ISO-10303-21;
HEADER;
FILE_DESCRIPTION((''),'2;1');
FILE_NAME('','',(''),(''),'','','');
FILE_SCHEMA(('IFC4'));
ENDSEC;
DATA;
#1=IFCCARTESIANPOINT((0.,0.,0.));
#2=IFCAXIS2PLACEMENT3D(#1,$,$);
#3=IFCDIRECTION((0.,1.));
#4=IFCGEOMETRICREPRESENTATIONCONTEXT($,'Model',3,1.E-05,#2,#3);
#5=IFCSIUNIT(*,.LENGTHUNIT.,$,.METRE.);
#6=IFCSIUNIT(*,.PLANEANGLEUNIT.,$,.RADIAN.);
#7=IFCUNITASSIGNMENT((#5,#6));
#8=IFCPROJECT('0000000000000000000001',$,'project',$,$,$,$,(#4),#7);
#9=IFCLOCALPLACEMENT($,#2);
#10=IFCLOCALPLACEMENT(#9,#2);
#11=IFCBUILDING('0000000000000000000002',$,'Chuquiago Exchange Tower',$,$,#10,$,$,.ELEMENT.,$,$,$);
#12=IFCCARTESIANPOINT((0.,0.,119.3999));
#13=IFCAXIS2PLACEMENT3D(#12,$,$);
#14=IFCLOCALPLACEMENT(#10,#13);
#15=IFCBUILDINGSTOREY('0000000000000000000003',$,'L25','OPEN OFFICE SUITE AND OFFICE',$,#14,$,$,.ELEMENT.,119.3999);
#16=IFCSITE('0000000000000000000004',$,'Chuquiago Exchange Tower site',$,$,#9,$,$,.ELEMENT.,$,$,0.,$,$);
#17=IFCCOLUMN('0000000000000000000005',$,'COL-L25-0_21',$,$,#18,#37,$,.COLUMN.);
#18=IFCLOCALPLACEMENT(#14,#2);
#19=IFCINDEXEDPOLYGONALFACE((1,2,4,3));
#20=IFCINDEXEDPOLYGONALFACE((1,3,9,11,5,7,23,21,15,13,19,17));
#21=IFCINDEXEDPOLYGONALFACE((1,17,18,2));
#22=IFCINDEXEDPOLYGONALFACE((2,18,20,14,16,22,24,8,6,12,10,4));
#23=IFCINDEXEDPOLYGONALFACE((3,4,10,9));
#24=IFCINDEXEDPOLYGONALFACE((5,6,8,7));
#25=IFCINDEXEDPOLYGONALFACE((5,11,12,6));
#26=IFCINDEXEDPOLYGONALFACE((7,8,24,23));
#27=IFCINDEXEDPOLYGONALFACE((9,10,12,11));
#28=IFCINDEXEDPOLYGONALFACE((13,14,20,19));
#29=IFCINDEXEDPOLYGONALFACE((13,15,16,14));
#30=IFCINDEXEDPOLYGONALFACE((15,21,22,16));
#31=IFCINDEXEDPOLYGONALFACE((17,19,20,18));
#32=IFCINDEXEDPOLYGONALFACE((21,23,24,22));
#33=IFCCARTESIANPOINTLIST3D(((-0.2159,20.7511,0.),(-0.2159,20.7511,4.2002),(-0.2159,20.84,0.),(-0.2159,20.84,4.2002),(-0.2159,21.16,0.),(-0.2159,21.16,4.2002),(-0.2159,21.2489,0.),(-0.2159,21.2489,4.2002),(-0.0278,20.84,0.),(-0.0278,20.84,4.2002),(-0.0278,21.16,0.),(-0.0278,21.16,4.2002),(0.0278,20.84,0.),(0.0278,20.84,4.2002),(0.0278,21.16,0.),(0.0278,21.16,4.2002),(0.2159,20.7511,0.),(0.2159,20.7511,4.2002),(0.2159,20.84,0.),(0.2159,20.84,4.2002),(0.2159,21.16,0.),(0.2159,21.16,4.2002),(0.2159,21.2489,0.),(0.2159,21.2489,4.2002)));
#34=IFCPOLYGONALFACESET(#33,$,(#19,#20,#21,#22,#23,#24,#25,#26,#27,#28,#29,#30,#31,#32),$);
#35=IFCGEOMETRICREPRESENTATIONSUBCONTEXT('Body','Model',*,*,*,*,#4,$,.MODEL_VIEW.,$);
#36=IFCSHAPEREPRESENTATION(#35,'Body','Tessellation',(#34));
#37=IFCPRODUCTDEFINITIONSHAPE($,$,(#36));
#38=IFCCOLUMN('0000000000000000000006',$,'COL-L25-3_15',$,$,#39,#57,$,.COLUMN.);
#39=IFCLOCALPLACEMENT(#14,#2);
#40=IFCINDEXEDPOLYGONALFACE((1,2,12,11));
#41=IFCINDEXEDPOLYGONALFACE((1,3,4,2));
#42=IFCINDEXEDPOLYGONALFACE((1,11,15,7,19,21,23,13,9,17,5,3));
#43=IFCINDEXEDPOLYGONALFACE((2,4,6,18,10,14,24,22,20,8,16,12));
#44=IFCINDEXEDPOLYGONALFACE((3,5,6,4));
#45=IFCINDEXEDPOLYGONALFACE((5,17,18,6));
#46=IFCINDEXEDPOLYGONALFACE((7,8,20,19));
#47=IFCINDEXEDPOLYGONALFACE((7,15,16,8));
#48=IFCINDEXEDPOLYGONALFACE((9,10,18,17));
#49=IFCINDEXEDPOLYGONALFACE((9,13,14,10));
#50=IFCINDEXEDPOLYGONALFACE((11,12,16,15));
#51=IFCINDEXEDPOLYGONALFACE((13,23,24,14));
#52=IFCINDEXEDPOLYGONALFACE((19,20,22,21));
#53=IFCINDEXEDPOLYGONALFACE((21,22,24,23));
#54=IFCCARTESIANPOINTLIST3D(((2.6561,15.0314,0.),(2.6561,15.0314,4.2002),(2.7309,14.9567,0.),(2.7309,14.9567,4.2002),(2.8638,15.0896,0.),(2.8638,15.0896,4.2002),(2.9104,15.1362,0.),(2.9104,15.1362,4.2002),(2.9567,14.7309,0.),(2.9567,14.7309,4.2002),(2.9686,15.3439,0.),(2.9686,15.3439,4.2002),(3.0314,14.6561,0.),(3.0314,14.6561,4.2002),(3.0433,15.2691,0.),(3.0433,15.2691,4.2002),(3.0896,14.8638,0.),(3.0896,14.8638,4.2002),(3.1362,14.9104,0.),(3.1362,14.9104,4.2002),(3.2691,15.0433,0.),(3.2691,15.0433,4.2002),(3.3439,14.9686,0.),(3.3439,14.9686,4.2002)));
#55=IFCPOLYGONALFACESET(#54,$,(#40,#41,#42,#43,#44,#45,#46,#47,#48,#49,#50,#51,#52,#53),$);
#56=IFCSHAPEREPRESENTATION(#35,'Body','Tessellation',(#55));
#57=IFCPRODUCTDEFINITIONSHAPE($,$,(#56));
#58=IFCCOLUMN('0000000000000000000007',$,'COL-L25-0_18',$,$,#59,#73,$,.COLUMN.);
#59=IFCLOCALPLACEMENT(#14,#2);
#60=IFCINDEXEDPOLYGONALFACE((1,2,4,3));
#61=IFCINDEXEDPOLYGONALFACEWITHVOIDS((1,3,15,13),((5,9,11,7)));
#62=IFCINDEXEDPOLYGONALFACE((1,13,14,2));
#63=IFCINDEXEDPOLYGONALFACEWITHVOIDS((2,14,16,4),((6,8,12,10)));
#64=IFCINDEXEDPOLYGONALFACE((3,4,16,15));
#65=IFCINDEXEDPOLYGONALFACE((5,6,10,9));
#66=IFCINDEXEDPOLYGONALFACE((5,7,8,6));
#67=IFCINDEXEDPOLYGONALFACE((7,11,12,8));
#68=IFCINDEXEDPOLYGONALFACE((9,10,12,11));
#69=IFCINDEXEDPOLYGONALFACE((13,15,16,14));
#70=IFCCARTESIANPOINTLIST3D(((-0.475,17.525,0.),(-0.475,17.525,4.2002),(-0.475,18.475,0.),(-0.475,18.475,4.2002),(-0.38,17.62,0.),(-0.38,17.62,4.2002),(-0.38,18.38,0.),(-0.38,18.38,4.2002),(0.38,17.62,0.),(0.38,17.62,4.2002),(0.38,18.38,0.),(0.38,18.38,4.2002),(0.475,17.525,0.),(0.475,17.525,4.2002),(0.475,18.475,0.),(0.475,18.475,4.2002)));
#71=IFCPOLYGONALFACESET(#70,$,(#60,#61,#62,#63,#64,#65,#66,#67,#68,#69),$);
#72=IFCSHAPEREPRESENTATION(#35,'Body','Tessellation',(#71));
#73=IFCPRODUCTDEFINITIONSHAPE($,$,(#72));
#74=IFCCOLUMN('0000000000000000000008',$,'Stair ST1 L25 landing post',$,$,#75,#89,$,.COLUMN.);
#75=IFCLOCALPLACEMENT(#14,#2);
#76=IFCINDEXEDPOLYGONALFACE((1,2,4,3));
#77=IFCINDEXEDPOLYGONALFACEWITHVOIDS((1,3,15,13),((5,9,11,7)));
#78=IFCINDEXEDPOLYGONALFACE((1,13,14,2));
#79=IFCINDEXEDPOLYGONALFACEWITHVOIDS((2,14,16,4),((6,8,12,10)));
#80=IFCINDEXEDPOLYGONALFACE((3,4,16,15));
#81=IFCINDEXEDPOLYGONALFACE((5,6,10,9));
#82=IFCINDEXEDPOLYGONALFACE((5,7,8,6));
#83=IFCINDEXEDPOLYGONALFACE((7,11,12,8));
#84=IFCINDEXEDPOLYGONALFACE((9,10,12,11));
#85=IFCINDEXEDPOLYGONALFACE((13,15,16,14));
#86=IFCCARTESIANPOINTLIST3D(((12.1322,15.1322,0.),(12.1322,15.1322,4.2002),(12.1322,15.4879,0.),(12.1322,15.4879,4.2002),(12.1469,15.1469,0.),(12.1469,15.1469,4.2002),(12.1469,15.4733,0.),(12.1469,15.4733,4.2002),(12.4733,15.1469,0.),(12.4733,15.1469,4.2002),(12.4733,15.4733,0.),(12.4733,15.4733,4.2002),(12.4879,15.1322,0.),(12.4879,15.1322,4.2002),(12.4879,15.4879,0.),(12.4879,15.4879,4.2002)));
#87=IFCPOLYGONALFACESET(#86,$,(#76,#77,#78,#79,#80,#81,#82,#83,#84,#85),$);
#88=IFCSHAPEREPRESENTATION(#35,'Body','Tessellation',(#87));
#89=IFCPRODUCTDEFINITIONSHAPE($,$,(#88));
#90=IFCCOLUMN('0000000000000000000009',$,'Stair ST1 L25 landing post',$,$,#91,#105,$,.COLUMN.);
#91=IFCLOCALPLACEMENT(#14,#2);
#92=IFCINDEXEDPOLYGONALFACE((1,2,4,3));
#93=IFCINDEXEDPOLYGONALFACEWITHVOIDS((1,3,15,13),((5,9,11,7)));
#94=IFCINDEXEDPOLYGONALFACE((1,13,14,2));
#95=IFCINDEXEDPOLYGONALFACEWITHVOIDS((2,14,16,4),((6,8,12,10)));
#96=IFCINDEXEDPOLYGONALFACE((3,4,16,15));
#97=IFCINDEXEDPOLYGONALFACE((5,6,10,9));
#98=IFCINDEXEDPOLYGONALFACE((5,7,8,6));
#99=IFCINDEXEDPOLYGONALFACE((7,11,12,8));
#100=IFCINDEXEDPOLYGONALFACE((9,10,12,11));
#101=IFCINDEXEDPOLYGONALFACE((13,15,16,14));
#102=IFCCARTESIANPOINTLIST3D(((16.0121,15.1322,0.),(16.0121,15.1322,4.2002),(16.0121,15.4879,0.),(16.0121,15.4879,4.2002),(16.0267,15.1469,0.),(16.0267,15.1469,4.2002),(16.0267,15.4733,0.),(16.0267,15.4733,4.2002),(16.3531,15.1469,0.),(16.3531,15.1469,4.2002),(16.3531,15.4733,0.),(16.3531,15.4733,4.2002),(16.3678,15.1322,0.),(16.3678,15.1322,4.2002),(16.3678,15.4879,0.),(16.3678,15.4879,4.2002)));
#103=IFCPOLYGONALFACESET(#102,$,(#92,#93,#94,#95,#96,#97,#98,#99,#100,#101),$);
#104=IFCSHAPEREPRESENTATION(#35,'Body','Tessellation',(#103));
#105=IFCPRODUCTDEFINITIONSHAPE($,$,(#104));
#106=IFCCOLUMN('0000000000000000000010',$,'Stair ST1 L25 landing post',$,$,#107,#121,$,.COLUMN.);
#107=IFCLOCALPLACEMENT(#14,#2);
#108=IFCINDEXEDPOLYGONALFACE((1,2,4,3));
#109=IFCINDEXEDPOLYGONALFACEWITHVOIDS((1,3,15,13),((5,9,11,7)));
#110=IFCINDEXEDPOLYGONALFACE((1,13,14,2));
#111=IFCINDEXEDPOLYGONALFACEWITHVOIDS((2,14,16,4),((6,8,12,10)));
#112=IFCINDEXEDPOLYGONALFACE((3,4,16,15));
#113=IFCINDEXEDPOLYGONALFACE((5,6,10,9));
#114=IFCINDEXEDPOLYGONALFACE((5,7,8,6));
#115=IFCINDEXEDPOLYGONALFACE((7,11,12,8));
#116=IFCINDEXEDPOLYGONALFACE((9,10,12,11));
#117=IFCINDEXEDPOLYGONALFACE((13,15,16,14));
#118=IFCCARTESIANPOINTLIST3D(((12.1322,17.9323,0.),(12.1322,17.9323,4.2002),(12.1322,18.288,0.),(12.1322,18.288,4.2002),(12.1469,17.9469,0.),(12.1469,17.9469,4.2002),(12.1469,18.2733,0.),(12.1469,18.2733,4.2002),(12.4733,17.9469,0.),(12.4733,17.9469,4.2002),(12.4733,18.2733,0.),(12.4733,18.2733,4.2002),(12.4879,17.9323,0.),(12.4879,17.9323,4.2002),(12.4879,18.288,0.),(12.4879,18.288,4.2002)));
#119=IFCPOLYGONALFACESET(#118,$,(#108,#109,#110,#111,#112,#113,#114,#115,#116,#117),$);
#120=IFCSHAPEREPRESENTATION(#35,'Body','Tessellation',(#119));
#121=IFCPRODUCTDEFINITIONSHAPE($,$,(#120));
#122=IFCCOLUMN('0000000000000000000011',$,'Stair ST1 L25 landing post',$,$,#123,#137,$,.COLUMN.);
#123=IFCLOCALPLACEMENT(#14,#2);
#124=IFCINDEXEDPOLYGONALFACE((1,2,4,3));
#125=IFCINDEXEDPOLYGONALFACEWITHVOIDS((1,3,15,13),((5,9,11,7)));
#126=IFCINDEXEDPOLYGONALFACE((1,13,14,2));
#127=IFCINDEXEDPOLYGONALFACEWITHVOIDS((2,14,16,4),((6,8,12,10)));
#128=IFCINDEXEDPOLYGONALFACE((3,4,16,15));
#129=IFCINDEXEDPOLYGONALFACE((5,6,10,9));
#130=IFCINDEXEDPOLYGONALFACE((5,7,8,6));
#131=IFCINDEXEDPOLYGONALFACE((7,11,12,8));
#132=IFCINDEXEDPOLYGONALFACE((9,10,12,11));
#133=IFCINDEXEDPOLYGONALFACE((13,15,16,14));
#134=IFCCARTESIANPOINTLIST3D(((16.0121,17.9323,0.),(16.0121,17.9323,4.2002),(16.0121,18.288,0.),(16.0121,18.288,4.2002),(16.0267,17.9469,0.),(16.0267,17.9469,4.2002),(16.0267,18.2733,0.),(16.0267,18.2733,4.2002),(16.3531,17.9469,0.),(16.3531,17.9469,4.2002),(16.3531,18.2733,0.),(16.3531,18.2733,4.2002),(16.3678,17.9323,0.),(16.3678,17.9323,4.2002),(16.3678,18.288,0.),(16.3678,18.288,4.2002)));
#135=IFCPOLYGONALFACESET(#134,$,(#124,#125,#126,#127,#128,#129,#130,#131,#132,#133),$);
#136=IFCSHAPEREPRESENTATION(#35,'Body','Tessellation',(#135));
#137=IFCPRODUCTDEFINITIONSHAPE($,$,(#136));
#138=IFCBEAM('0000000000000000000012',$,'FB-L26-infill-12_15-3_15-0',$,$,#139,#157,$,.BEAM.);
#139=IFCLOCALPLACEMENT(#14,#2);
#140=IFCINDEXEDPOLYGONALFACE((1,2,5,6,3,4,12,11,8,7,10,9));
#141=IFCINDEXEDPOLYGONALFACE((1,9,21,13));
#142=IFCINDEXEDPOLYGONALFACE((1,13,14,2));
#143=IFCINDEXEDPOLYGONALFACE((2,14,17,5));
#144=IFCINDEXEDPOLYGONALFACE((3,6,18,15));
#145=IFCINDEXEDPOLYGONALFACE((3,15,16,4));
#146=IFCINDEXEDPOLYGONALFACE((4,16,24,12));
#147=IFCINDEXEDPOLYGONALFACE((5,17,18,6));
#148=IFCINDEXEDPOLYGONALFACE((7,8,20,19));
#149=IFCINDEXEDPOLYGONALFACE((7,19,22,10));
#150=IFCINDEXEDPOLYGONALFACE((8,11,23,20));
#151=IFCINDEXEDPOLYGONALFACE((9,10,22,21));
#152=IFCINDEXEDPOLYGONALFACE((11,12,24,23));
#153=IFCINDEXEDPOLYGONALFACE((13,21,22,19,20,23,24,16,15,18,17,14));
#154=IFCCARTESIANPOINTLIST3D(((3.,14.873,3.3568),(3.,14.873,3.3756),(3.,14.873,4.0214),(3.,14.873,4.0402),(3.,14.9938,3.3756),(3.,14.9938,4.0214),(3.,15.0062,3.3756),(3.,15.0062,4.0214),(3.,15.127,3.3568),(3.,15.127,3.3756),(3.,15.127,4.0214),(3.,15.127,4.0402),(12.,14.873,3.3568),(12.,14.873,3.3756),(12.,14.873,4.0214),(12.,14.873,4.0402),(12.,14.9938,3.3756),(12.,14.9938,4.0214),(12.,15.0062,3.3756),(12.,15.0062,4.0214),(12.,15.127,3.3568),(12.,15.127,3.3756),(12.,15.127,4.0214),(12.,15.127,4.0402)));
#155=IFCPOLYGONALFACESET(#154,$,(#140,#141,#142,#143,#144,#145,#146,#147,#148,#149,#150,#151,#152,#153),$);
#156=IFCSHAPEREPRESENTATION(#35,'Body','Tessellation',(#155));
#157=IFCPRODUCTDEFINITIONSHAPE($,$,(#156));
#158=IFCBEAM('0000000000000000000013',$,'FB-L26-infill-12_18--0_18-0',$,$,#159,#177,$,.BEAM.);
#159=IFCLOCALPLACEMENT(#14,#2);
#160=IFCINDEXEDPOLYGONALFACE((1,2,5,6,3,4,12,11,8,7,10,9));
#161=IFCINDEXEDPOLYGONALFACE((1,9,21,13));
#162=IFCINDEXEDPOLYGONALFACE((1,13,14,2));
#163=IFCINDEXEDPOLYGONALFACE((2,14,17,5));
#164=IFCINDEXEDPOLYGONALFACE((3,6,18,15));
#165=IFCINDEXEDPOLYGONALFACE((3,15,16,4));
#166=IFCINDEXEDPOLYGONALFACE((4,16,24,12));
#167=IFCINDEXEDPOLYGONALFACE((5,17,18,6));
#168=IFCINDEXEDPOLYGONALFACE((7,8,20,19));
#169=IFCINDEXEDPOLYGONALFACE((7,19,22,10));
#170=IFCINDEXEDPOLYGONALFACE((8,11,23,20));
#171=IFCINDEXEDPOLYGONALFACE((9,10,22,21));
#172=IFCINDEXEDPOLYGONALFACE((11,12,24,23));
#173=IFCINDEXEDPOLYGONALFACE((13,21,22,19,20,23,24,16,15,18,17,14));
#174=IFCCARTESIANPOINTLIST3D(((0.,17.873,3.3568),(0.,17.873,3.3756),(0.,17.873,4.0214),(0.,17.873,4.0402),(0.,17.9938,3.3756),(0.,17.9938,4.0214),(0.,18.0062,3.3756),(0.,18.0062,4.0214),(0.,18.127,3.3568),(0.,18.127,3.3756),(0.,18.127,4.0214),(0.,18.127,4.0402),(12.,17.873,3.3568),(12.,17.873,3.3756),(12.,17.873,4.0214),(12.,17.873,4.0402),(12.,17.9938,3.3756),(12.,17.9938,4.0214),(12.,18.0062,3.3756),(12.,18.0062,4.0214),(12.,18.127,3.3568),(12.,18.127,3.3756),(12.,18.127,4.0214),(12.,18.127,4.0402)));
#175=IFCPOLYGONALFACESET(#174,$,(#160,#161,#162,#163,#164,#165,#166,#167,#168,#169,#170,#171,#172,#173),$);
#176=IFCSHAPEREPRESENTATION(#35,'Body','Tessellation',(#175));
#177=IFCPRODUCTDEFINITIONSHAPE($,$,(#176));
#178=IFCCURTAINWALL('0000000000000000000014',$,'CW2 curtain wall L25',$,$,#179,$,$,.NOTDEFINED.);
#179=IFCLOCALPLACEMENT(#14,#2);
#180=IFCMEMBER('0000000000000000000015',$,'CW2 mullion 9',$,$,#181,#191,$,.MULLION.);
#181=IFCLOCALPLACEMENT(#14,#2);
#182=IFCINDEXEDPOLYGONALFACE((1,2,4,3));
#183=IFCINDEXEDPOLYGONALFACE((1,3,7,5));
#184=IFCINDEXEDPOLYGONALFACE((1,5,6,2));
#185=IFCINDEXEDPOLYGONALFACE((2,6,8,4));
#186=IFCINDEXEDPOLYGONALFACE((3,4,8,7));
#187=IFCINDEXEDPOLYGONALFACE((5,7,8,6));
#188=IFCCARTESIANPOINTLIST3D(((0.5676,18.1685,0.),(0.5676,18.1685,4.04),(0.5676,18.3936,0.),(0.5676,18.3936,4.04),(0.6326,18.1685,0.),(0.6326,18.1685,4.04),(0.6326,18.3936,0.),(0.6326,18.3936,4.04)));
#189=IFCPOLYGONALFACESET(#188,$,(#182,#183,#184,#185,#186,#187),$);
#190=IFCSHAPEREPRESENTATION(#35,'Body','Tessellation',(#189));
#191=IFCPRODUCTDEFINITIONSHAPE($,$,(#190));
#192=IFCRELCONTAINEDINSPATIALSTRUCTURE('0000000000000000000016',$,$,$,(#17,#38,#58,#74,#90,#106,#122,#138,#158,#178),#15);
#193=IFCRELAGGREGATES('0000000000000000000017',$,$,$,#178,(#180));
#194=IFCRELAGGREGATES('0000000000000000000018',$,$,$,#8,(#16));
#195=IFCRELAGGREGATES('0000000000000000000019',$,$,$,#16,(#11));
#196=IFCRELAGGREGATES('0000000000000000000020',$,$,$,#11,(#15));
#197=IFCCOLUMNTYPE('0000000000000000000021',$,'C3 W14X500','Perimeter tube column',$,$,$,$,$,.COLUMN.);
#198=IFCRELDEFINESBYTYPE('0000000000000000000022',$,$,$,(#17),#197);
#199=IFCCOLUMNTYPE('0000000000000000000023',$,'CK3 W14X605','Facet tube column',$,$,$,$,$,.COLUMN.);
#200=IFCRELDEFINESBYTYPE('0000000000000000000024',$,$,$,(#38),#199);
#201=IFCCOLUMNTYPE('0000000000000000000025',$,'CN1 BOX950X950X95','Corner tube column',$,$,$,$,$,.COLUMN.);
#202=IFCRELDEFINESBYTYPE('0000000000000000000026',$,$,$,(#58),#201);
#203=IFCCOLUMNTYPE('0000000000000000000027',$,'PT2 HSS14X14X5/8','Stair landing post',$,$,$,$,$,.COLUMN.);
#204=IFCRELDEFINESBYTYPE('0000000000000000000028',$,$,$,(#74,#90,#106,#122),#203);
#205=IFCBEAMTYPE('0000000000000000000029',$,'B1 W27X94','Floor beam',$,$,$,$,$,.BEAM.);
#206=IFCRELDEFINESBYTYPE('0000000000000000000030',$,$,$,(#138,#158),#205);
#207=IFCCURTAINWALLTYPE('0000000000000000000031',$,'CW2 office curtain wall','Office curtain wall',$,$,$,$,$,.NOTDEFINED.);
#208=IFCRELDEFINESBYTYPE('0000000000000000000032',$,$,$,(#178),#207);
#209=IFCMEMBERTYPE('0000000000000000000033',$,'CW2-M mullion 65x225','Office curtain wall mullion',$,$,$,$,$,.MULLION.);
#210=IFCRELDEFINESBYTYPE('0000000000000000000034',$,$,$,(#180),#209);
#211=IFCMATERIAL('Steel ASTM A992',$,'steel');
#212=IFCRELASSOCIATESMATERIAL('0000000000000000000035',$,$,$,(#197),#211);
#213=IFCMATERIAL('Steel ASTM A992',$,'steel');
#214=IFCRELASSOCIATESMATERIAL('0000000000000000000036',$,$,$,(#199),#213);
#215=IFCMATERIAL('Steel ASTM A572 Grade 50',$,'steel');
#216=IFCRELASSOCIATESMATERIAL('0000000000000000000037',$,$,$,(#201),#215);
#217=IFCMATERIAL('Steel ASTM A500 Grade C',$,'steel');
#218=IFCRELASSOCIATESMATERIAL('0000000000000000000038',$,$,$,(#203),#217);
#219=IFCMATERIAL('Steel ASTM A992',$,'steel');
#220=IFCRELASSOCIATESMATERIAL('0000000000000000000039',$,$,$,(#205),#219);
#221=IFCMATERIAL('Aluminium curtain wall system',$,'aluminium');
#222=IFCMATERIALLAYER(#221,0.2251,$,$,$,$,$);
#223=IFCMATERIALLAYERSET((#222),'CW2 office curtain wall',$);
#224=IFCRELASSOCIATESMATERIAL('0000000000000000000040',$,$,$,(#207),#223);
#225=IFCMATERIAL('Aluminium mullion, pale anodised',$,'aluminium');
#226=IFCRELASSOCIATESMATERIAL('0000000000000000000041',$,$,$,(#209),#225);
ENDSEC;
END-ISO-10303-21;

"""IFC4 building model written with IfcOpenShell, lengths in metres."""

from ifc_helpers import new_model, si_unit, direction, frame, origin, origin_2d, place, context, subcontext, project, spatial, rectangle, hollow_rectangle, i_section, extrude, material, layer, layer_set, material_profile, profile_set, type_object, element, aggregate, save


model = new_model("IFC4")

# Units and contexts
model_context = context("Model", 3, precision=1e-05, world=origin(), true_north=direction((0.0, 1.0)))
body_context = subcontext(model_context, "Body", "Model", "MODEL_VIEW")
ifc_project = project(units=[si_unit("LENGTHUNIT", "METRE"), si_unit("PLANEANGLEUNIT", "RADIAN")], contexts=[model_context])

# Site, building, storey
site_placement = place(None, origin())
site = spatial("IfcSite", under=ifc_project, at=site_placement, Name="Chuquiago Exchange Tower site", CompositionType="ELEMENT", RefElevation=0.0)
building_placement = place(site_placement, origin())
building = spatial("IfcBuilding", under=site, at=building_placement, Name="Chuquiago Exchange Tower", CompositionType="ELEMENT")
storey_placement = place(building_placement, frame((0.0, 0.0, 119.3999)))
storey = spatial("IfcBuildingStorey", under=building, at=storey_placement, Name="L25", Description="OPEN OFFICE SUITE AND OFFICE", CompositionType="ELEMENT", Elevation=119.3999)

# Columns
ifc_material_1 = material(Name="Steel ASTM A992", Category="steel")
ifc_material_profile_1 = material_profile(ifc_material_1, i_section(OverallWidth=0.4319, OverallDepth=0.4978, WebThickness=0.0557, FlangeThickness=0.0889, at=origin_2d()), Name="W14X500")
ifc_profile_set_1 = profile_set([ifc_material_profile_1], Name="Steel ASTM A992")
column_type_1 = type_object("IfcColumnType", Name="C3 W14X500", Description="Perimeter tube column", PredefinedType="COLUMN", material=ifc_profile_set_1)
column_1_placement = place(storey_placement, frame((0.0, 21.0, 0.0), z_axis=(0.0, 0.0, 1.0), x_axis=(-1.0, 0.0, 0.0)))
element("IfcColumn", 1, at=column_1_placement, inside=storey, type_object=column_type_1, Name="COL-L25-0_21", PredefinedType="COLUMN", context=body_context, shape_type="SweptSolid", body=[
    extrude(i_section(OverallWidth=0.4319, OverallDepth=0.4978, WebThickness=0.0557, FlangeThickness=0.0889, at=origin_2d()), origin(), (0.0, 0.0, 1.0), 4.2002),
])
ifc_material_2 = material(Name="Steel ASTM A992", Category="steel")
ifc_material_profile_2 = material_profile(ifc_material_2, i_section(OverallWidth=0.4419, OverallDepth=0.5308, WebThickness=0.0659, FlangeThickness=0.1057, at=origin_2d()), Name="W14X605")
ifc_profile_set_2 = profile_set([ifc_material_profile_2], Name="Steel ASTM A992")
column_type_2 = type_object("IfcColumnType", Name="CK3 W14X605", Description="Facet tube column", PredefinedType="COLUMN", material=ifc_profile_set_2)
column_2_placement = place(storey_placement, frame((3.0, 15.0, 0.0), z_axis=(0.0, 0.0, 1.0), x_axis=(-0.707107, -0.707107, 0.0)))
element("IfcColumn", 2, at=column_2_placement, inside=storey, type_object=column_type_2, Name="COL-L25-3_15", PredefinedType="COLUMN", context=body_context, shape_type="SweptSolid", body=[
    extrude(i_section(OverallWidth=0.4419, OverallDepth=0.5308, WebThickness=0.0659, FlangeThickness=0.1057, at=origin_2d()), origin(), (0.0, 0.0, 1.0), 4.2002),
])
ifc_material_3 = material(Name="Steel ASTM A572 Grade 50", Category="steel")
ifc_material_profile_3 = material_profile(ifc_material_3, hollow_rectangle(XDim=0.95, YDim=0.95, WallThickness=0.095, at=origin_2d()), Name="BOX950X950X95")
ifc_profile_set_3 = profile_set([ifc_material_profile_3], Name="Steel ASTM A572 Grade 50")
column_type_3 = type_object("IfcColumnType", Name="CN1 BOX950X950X95", Description="Corner tube column", PredefinedType="COLUMN", material=ifc_profile_set_3)
column_3_placement = place(storey_placement, frame((0.0, 18.0, 0.0), z_axis=(0.0, 0.0, 1.0), x_axis=(-1.0, 0.0, 0.0)))
element("IfcColumn", 3, at=column_3_placement, inside=storey, type_object=column_type_3, Name="COL-L25-0_18", PredefinedType="COLUMN", context=body_context, shape_type="SweptSolid", body=[
    extrude(hollow_rectangle(XDim=0.95, YDim=0.95, WallThickness=0.095, at=origin_2d()), origin(), (0.0, 0.0, 1.0), 4.2002),
])
ifc_material_4 = material(Name="Steel ASTM A500 Grade C", Category="steel")
ifc_material_profile_4 = material_profile(ifc_material_4, hollow_rectangle(XDim=0.3557, YDim=0.3557, WallThickness=0.0146, at=origin_2d()), Name="HSS14X14X5/8")
ifc_profile_set_4 = profile_set([ifc_material_profile_4], Name="Steel ASTM A500 Grade C")
column_type_4 = type_object("IfcColumnType", Name="PT2 HSS14X14X5/8", Description="Stair landing post", PredefinedType="COLUMN", material=ifc_profile_set_4)
for number, where, z_axis, x_axis, name in (
    (4, (12.3101, 15.3101, 0.0), (0.0, 0.0, 1.0), (1.0, 0.0, 0.0), "Stair ST1 L25 landing post"),
    (5, (16.1899, 15.3101, 0.0), (0.0, 0.0, 1.0), (1.0, 0.0, 0.0), "Stair ST1 L25 landing post"),
    (6, (12.3101, 18.1101, 0.0), (0.0, 0.0, 1.0), (1.0, 0.0, 0.0), "Stair ST1 L25 landing post"),
    (7, (16.1899, 18.1101, 0.0), (0.0, 0.0, 1.0), (1.0, 0.0, 0.0), "Stair ST1 L25 landing post"),
):
    element("IfcColumn", number, at=place(storey_placement, frame(where, z_axis=z_axis, x_axis=x_axis)), inside=storey, type_object=column_type_4, Name=name, PredefinedType="COLUMN", context=body_context, shape_type="SweptSolid", body=[
        extrude(hollow_rectangle(XDim=0.3557, YDim=0.3557, WallThickness=0.0146, at=origin_2d()), origin(), (0.0, 0.0, 1.0), 4.2002),
    ])

# Beams
ifc_material_5 = material(Name="Steel ASTM A992", Category="steel")
ifc_material_profile_5 = material_profile(ifc_material_5, i_section(OverallWidth=0.2539, OverallDepth=0.6833, WebThickness=0.0125, FlangeThickness=0.0188, at=origin_2d()), Name="W27X94")
ifc_profile_set_5 = profile_set([ifc_material_profile_5], Name="Steel ASTM A992")
beam_type_1 = type_object("IfcBeamType", Name="B1 W27X94", Description="Floor beam", PredefinedType="BEAM", material=ifc_profile_set_5)
beam_1_placement = place(storey_placement, frame((12.0, 15.0, 3.6985), z_axis=(-1.0, 0.0, 0.0), x_axis=(0.0, -1.0, 0.0)))
element("IfcBeam", 8, at=beam_1_placement, inside=storey, type_object=beam_type_1, Name="FB-L26-infill-12_15-3_15-0", PredefinedType="BEAM", context=body_context, shape_type="SweptSolid", body=[
    extrude(i_section(OverallWidth=0.2539, OverallDepth=0.6833, WebThickness=0.0125, FlangeThickness=0.0188, at=origin_2d()), origin(), (0.0, 0.0, 1.0), 9.0),
])
beam_2_placement = place(storey_placement, frame((12.0, 18.0, 3.6985), z_axis=(-1.0, 0.0, 0.0), x_axis=(0.0, -1.0, 0.0)))
element("IfcBeam", 9, at=beam_2_placement, inside=storey, type_object=beam_type_1, Name="FB-L26-infill-12_18--0_18-0", PredefinedType="BEAM", context=body_context, shape_type="SweptSolid", body=[
    extrude(i_section(OverallWidth=0.2539, OverallDepth=0.6833, WebThickness=0.0125, FlangeThickness=0.0188, at=origin_2d()), origin(), (0.0, 0.0, 1.0), 12.0),
])

# Curtain wall, member
ifc_material_6 = material(Name="Aluminium curtain wall system", Category="aluminium")
ifc_layer_1 = layer(ifc_material_6, 0.2251)
ifc_layer_set_1 = layer_set([ifc_layer_1], Name="CW2 office curtain wall")
curtain_wall_type_1 = type_object("IfcCurtainWallType", Name="CW2 office curtain wall", Description="Office curtain wall", PredefinedType="NOTDEFINED", material=ifc_layer_set_1)
curtain_wall_1_placement = place(storey_placement, origin())
curtain_wall_1 = element("IfcCurtainWall", 10, at=curtain_wall_1_placement, inside=storey, type_object=curtain_wall_type_1, Name="CW2 curtain wall L25", PredefinedType="NOTDEFINED")
ifc_material_7 = material(Name="Aluminium mullion, pale anodised", Category="aluminium")
ifc_material_profile_6 = material_profile(ifc_material_7, rectangle(XDim=0.0649, YDim=0.2251, at=origin_2d()), Name="AL 65x225")
ifc_profile_set_6 = profile_set([ifc_material_profile_6], Name="Aluminium mullion, pale anodised")
member_type_1 = type_object("IfcMemberType", Name="CW2-M mullion 65x225", Description="Office curtain wall mullion", PredefinedType="MULLION", material=ifc_profile_set_6)
member_1_placement = place(storey_placement, frame((0.6001, 18.281, 0.0), z_axis=(0.0, 0.0, 1.0), x_axis=(1.0, 0.0, 0.0)))
member_1 = element("IfcMember", 11, at=member_1_placement, type_object=member_type_1, Name="CW2 mullion 9", PredefinedType="MULLION", context=body_context, shape_type="SweptSolid", body=[
    extrude(rectangle(XDim=0.0649, YDim=0.2251, at=origin_2d()), origin(), (0.0, 0.0, 1.0), 4.04),
])

aggregate(curtain_wall_1, [member_1])

save(model, "model.ifc")
